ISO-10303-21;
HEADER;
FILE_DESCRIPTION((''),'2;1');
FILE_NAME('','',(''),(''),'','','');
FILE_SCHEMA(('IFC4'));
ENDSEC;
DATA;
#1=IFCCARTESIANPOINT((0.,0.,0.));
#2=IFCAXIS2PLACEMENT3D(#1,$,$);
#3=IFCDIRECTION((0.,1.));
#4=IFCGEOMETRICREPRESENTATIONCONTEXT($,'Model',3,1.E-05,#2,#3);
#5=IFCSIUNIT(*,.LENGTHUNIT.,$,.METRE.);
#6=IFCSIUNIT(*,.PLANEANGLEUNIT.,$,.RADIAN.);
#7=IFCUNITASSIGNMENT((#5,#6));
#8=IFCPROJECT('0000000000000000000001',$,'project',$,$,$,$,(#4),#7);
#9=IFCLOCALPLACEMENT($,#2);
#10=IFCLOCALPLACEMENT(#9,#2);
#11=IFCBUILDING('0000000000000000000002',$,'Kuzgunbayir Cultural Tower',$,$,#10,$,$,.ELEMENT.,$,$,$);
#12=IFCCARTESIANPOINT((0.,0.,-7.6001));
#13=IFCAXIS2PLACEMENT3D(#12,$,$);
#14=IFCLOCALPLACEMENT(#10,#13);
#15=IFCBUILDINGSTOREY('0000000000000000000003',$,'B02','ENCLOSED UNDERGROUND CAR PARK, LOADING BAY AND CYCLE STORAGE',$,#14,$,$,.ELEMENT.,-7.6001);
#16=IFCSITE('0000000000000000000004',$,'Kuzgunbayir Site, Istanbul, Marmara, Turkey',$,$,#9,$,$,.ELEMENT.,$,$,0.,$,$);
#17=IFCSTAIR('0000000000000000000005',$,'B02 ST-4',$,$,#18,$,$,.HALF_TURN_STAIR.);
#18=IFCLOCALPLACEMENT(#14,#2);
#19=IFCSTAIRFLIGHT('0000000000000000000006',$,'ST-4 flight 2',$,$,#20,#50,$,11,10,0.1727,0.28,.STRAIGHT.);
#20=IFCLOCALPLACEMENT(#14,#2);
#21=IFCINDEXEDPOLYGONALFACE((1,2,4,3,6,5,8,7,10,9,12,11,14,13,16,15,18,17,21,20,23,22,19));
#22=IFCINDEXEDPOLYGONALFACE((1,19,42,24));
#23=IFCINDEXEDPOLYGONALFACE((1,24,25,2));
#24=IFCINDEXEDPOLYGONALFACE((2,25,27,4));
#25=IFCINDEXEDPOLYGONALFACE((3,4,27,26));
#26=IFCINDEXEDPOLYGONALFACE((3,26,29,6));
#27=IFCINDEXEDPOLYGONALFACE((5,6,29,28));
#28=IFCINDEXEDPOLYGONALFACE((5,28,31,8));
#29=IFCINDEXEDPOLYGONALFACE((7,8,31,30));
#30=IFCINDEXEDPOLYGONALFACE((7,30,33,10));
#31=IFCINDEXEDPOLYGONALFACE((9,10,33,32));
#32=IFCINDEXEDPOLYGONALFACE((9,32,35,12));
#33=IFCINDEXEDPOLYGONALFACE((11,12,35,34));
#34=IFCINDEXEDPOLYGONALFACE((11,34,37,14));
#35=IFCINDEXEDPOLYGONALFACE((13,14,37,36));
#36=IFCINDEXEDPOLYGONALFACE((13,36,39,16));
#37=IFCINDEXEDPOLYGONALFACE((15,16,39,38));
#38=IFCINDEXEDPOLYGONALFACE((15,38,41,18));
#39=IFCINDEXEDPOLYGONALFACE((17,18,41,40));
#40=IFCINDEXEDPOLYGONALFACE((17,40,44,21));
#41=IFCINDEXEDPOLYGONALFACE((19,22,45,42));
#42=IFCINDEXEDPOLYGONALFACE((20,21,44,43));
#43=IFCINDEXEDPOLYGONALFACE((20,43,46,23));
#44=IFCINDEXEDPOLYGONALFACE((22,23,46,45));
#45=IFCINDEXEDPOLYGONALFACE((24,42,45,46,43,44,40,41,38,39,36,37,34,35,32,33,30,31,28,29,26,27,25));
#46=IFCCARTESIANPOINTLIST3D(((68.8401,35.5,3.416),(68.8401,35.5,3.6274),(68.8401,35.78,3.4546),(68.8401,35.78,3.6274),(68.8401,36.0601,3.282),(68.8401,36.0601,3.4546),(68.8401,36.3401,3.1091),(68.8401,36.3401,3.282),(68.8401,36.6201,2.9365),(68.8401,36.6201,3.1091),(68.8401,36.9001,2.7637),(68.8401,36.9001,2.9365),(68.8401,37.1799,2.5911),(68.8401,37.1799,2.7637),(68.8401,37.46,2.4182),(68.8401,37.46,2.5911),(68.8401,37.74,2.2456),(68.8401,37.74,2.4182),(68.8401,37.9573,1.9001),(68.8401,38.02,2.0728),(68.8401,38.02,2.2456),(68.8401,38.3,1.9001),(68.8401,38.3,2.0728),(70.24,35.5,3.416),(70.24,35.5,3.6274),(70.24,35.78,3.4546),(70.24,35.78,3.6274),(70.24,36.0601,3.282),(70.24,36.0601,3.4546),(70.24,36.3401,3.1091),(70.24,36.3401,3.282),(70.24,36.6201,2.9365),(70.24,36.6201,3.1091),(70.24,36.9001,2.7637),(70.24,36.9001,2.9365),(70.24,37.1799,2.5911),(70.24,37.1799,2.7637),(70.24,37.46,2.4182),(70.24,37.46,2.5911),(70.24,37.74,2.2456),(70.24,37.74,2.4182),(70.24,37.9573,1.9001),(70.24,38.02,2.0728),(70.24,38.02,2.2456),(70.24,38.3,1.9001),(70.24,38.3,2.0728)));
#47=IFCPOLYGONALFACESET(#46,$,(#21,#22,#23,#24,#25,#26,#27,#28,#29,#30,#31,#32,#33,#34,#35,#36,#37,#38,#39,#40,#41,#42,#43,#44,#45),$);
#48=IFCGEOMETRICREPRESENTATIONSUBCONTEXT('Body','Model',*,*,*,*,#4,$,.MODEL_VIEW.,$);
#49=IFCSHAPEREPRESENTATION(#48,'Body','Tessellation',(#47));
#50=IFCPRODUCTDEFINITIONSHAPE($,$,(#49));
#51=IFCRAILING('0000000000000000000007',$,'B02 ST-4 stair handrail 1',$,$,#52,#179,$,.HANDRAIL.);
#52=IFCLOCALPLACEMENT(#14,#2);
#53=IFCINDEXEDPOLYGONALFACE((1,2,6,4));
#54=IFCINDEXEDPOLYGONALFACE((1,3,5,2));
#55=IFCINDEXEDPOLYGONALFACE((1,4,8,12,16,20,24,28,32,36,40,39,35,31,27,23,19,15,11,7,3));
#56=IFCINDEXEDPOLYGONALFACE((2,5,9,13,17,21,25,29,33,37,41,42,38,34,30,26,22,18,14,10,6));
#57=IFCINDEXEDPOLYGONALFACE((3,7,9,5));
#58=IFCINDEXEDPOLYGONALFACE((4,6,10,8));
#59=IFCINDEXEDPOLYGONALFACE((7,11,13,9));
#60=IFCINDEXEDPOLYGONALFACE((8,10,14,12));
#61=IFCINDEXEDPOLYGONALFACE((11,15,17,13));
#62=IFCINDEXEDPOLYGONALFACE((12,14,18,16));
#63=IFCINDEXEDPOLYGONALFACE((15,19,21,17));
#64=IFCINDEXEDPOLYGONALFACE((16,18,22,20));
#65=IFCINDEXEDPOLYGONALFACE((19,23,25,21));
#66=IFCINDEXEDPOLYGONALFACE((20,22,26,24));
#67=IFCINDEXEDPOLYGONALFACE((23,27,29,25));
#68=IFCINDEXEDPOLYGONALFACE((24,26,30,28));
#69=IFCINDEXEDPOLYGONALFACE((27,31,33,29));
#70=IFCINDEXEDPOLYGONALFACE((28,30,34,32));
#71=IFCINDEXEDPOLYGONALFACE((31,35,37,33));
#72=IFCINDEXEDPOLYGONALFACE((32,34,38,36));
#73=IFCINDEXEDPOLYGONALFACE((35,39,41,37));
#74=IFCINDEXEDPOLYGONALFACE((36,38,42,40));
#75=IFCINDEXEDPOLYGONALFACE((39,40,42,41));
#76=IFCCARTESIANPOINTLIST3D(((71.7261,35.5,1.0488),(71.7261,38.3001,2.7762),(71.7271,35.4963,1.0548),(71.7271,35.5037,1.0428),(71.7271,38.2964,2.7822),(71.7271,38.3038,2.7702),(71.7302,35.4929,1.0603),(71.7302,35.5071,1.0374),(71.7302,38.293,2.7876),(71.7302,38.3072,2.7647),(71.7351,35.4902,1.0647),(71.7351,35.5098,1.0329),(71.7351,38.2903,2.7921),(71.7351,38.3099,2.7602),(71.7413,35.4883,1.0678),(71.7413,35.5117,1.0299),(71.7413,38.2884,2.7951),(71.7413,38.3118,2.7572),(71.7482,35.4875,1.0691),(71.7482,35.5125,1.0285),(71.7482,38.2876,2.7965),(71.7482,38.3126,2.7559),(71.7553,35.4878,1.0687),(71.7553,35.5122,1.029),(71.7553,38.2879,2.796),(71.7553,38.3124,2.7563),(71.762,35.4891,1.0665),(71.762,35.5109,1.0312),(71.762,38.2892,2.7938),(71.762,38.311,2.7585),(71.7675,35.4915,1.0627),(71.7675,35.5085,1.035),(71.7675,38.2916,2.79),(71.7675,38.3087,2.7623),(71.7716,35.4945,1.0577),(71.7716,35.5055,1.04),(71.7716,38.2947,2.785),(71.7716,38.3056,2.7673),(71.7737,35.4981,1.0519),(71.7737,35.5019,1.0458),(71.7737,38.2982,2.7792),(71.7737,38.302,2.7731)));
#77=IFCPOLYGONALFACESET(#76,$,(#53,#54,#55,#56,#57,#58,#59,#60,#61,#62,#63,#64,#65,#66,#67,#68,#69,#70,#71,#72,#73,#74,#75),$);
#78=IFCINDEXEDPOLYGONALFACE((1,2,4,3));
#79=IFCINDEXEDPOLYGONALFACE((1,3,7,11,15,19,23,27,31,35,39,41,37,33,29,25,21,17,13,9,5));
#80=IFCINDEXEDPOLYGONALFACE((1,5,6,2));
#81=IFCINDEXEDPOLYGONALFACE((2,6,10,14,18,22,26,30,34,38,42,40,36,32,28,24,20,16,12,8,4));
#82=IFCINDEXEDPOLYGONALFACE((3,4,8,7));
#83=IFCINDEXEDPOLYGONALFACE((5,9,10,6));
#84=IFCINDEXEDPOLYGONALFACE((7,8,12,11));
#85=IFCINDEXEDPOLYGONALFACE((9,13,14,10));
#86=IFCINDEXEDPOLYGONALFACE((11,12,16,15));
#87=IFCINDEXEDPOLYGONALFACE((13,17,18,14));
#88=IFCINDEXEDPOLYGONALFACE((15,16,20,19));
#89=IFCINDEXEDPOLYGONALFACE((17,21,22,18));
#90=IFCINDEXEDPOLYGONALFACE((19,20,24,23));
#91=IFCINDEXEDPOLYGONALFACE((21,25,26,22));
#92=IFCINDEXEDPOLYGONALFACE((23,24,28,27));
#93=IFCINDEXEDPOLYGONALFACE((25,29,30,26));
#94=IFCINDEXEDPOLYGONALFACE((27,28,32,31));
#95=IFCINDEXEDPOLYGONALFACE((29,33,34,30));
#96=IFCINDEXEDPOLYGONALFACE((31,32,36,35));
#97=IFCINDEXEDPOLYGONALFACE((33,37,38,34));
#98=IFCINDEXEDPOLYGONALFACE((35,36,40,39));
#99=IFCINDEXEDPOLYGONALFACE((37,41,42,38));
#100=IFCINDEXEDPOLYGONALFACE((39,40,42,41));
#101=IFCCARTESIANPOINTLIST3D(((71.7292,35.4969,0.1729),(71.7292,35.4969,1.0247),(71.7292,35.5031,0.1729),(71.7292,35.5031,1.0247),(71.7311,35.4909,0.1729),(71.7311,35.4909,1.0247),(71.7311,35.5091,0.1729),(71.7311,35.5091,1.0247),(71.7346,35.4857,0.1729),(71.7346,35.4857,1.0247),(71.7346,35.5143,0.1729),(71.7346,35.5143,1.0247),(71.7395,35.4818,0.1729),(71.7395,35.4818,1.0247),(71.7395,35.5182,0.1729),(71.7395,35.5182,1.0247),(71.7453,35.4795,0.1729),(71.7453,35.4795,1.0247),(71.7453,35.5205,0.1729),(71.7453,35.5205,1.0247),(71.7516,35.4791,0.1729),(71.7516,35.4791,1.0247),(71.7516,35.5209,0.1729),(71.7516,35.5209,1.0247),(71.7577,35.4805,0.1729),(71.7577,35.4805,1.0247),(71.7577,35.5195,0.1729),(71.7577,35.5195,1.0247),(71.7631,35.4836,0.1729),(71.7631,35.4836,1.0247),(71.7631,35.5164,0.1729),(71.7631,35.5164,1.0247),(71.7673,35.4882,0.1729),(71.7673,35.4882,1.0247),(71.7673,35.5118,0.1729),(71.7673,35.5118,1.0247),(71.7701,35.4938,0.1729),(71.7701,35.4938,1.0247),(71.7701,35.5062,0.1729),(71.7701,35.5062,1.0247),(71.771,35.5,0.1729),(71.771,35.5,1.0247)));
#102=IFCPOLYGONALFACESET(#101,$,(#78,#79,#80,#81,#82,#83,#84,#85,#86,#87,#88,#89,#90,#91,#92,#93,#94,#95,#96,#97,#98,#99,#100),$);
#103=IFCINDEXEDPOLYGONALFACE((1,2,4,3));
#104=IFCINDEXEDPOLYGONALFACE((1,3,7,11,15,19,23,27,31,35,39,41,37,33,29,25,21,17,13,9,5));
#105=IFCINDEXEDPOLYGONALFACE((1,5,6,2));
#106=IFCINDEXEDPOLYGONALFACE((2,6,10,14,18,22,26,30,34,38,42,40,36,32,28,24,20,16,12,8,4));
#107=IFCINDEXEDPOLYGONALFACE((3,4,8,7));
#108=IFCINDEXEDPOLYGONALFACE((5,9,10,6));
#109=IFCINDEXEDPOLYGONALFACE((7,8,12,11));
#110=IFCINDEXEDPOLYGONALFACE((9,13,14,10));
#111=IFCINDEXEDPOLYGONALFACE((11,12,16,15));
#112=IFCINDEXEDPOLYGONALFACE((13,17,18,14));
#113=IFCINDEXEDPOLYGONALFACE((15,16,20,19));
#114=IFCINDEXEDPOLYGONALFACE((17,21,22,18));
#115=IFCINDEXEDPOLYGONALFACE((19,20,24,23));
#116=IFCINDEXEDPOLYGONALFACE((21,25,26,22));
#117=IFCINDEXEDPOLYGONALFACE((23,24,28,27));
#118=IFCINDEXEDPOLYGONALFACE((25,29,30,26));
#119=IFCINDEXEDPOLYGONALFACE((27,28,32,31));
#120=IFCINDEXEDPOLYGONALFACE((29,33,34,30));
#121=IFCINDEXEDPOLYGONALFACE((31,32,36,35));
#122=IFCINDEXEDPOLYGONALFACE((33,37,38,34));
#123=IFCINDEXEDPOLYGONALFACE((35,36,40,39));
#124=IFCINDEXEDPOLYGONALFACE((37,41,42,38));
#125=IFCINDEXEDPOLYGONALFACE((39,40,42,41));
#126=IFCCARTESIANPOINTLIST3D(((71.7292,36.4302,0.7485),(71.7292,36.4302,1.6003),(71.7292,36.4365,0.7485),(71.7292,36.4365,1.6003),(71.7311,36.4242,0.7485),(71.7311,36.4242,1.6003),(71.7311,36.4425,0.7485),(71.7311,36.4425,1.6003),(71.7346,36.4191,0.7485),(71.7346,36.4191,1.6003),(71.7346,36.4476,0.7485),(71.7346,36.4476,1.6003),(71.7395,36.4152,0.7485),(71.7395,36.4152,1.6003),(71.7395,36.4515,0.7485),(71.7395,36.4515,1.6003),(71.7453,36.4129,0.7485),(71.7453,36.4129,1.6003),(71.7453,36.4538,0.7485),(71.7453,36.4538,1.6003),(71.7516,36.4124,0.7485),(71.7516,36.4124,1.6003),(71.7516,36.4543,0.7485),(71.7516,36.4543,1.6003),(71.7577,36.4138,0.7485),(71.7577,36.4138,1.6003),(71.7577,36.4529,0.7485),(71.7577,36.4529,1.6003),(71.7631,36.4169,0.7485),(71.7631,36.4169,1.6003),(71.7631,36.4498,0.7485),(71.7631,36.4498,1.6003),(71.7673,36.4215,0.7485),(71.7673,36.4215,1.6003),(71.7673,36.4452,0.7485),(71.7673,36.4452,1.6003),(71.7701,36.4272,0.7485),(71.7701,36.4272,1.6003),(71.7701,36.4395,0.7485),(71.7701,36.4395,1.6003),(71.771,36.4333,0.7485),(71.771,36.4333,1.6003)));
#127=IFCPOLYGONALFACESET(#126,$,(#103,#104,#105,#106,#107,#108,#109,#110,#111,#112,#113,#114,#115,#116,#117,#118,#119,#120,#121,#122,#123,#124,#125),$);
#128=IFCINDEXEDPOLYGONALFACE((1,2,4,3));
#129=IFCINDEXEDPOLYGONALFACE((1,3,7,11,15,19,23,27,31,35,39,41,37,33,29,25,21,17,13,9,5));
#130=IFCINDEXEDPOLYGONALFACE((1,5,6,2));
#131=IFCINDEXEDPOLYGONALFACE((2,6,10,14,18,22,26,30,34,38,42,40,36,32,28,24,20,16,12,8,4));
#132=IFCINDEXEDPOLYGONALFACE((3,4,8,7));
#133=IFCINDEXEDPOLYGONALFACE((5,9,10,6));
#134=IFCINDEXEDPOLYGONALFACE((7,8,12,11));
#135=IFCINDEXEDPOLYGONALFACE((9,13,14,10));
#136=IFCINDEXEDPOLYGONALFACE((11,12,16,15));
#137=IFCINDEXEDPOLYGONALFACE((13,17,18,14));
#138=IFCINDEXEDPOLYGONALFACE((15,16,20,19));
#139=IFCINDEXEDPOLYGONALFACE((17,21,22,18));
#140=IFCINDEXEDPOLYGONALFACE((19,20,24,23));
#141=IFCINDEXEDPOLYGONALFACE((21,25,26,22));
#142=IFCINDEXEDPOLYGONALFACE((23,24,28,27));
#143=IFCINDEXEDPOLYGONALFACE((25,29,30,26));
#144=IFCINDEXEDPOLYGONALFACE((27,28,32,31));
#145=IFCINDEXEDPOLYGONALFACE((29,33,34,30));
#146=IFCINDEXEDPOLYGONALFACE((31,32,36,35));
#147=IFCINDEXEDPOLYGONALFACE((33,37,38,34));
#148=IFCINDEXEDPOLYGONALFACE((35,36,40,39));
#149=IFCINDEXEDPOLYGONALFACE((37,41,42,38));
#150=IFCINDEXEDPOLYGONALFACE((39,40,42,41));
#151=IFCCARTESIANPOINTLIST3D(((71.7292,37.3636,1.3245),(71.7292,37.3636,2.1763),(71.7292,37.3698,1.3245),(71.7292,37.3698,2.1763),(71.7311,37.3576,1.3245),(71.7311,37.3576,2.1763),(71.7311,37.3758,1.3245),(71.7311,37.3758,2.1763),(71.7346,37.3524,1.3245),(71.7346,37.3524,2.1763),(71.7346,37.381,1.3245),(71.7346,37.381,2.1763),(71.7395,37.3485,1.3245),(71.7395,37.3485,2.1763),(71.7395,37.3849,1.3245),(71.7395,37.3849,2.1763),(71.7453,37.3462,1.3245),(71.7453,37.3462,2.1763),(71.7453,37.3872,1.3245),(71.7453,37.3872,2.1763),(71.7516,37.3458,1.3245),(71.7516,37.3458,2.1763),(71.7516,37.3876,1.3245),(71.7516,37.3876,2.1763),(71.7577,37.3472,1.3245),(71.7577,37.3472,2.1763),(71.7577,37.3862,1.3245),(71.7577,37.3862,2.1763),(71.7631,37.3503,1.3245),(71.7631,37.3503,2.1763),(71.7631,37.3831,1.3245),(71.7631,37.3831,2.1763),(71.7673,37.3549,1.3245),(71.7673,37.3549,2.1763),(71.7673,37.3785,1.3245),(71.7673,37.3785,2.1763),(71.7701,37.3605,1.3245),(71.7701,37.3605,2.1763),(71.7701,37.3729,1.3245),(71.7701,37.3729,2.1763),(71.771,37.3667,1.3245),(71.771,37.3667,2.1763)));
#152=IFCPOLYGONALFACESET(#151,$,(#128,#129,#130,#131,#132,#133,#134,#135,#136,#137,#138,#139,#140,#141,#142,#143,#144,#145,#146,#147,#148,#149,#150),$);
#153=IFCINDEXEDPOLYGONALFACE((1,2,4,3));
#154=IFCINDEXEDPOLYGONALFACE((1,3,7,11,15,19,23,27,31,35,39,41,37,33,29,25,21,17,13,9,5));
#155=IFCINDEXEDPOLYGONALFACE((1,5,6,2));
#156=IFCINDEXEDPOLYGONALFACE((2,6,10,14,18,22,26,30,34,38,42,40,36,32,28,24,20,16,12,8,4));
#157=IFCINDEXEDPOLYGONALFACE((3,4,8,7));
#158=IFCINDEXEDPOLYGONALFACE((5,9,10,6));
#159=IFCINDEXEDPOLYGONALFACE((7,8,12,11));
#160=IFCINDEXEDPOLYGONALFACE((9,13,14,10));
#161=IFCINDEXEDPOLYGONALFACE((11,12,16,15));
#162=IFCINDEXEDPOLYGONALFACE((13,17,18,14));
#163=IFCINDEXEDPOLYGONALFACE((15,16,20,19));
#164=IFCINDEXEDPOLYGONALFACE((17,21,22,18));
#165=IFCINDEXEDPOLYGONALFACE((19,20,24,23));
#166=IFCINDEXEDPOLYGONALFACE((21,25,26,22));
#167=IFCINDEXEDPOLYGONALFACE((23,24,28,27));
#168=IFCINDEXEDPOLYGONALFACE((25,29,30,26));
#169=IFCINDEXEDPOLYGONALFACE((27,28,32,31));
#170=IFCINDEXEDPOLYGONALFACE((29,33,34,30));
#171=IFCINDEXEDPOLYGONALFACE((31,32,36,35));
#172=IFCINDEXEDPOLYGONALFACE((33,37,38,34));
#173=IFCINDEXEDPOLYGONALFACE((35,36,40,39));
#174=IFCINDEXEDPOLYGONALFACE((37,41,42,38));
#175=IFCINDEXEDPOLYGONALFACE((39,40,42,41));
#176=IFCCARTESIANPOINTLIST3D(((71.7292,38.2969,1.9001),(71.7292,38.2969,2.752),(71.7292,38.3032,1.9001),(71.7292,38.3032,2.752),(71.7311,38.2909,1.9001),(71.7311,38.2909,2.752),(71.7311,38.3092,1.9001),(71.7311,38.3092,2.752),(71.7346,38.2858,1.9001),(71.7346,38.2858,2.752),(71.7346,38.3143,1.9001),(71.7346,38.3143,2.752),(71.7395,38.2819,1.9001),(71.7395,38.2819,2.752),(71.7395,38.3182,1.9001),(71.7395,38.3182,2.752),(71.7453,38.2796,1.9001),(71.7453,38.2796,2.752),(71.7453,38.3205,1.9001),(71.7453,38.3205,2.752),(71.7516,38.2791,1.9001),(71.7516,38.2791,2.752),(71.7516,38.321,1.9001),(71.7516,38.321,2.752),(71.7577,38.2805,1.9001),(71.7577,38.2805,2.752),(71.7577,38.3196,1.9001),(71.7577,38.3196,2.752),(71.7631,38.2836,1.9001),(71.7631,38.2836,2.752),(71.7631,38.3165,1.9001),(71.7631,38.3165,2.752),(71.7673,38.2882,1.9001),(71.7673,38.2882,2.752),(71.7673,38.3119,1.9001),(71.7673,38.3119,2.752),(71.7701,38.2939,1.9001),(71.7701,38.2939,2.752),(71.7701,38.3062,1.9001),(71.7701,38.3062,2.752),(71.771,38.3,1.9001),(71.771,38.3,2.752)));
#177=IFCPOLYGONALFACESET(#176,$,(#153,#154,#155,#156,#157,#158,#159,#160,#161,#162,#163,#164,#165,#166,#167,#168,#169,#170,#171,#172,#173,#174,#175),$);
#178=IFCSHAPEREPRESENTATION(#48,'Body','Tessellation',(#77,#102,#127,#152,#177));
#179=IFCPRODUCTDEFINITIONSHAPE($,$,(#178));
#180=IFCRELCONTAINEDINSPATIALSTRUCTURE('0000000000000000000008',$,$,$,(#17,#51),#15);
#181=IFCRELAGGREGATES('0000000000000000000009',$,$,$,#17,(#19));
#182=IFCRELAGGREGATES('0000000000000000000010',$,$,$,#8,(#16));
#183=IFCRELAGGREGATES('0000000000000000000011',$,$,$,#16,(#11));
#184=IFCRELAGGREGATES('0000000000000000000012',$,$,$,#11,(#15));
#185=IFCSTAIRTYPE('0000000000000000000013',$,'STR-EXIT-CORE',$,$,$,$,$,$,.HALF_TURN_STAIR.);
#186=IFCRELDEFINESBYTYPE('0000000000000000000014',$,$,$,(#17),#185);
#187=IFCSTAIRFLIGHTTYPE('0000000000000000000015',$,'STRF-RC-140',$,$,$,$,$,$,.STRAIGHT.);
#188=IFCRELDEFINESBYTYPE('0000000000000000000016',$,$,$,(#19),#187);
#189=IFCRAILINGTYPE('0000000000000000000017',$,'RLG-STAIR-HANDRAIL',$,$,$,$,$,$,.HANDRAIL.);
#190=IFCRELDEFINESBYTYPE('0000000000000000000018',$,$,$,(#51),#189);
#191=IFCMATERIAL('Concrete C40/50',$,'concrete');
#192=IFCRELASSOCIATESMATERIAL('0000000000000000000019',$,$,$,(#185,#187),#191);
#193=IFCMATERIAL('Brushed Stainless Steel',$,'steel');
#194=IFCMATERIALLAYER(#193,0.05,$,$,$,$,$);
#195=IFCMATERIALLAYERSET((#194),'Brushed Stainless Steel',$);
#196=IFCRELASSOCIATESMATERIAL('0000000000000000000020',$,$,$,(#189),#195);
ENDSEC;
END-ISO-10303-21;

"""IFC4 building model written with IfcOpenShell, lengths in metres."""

from ifc_helpers import new_model, si_unit, direction, frame, origin, origin_2d, place, context, subcontext, project, spatial, polyline, circle, outline, extrude, material, layer, layer_set, type_object, element, aggregate, save


model = new_model("IFC4")

# Units and contexts
model_context = context("Model", 3, precision=1e-05, world=origin(), true_north=direction((0.0, 1.0)))
body_context = subcontext(model_context, "Body", "Model", "MODEL_VIEW")
ifc_project = project(units=[si_unit("LENGTHUNIT", "METRE"), si_unit("PLANEANGLEUNIT", "RADIAN")], contexts=[model_context])

# Site, building, storey
site_placement = place(None, origin())
site = spatial("IfcSite", under=ifc_project, at=site_placement, Name="Kuzgunbayir Site, Istanbul, Marmara, Turkey", CompositionType="ELEMENT", RefElevation=0.0)
building_placement = place(site_placement, origin())
building = spatial("IfcBuilding", under=site, at=building_placement, Name="Kuzgunbayir Cultural Tower", CompositionType="ELEMENT")
storey_placement = place(building_placement, frame((0.0, 0.0, -7.6001)))
storey = spatial("IfcBuildingStorey", under=building, at=storey_placement, Name="B02", Description="ENCLOSED UNDERGROUND CAR PARK, LOADING BAY AND CYCLE STORAGE", CompositionType="ELEMENT", Elevation=-7.6001)

# Shared definitions
ifc_material_1 = material(Name="Concrete C40/50", Category="concrete")

# Shared definitions
ifc_material_2 = material(Name="Brushed Stainless Steel", Category="steel")

# Stair, stair flight
stair_type = type_object("IfcStairType", Name="STR-EXIT-CORE", PredefinedType="HALF_TURN_STAIR", material=ifc_material_1)
stair_placement = place(storey_placement, origin())
stair = element("IfcStair", 1, at=stair_placement, inside=storey, type_object=stair_type, Name="B02 ST-4", PredefinedType="HALF_TURN_STAIR")
stair_flight_type = type_object("IfcStairFlightType", Name="STRF-RC-140", PredefinedType="STRAIGHT", material=ifc_material_1)
stair_flight_placement = place(storey_placement, frame((69.54, 38.3, 1.9001), z_axis=(0.0, 0.0, 1.0), x_axis=(0.0, -1.0, 0.0)))
stair_flight = element("IfcStairFlight", 2, at=stair_flight_placement, type_object=stair_flight_type, Name="ST-4 flight 2", NumberOfRisers=11, NumberOfTreads=10, PredefinedType="STRAIGHT", RiserHeight=0.1727, TreadLength=0.28, context=body_context, shape_type="SweptSolid", body=[
    extrude(outline(polyline([(0.0, 0.0), (0.0, 0.1726), (0.28, 0.1726), (0.28, 0.3455), (0.5601, 0.3455), (0.5601, 0.5181), (0.8401, 0.5181), (0.8401, 0.6909), (1.1201, 0.6909), (1.1201, 0.8635), (1.3999, 0.8635), (1.3999, 1.0364), (1.6799, 1.0364), (1.6799, 1.209), (1.96, 1.209), (1.96, 1.3818), (2.24, 1.3818), (2.24, 1.5544), (2.52, 1.5544), (2.52, 1.7273), (2.8, 1.7273), (2.8, 1.8999), (2.8, 1.5159), (0.3428, 0.0), (0.0, 0.0)])), frame((0.0, 0.7, 0.0), z_axis=(0.0, -1.0, 0.0), x_axis=(1.0, 0.0, 0.0)), (0.0, 0.0, 1.0), 1.3999),
])
aggregate(stair, [stair_flight])

# Railing
ifc_layer_1 = layer(ifc_material_2, 0.05)
ifc_layer_set_1 = layer_set([ifc_layer_1], Name="Brushed Stainless Steel")
railing_type_1 = type_object("IfcRailingType", Name="RLG-STAIR-HANDRAIL", PredefinedType="HANDRAIL", material=ifc_layer_set_1)
railing_1_placement = place(storey_placement, frame((71.75, 35.5, 0.1729)))
element("IfcRailing", 3, at=railing_1_placement, inside=storey, type_object=railing_type_1, Name="B02 ST-4 stair handrail 1", PredefinedType="HANDRAIL", context=body_context, shape_type="SweptSolid", body=[
    extrude(circle(Radius=0.0239, at=origin_2d()), frame((0.0, 0.0, 0.876), z_axis=(0.0, 0.85109, 0.52502), x_axis=(-1.0, 0.0, 0.0)), (0.0, 0.0, 1.0), 3.29),
    extrude(circle(Radius=0.021, at=origin_2d()), origin(), (0.0, 0.0, 1.0), 0.8518),
    extrude(circle(Radius=0.021, at=origin_2d()), frame((0.0, 0.9333, 0.5757)), (0.0, 0.0, 1.0), 0.8518),
    extrude(circle(Radius=0.021, at=origin_2d()), frame((0.0, 1.8667, 1.1516)), (0.0, 0.0, 1.0), 0.8518),
    extrude(circle(Radius=0.021, at=origin_2d()), frame((0.0, 2.8, 1.7273)), (0.0, 0.0, 1.0), 0.8518),
])

save(model, "model.ifc")
